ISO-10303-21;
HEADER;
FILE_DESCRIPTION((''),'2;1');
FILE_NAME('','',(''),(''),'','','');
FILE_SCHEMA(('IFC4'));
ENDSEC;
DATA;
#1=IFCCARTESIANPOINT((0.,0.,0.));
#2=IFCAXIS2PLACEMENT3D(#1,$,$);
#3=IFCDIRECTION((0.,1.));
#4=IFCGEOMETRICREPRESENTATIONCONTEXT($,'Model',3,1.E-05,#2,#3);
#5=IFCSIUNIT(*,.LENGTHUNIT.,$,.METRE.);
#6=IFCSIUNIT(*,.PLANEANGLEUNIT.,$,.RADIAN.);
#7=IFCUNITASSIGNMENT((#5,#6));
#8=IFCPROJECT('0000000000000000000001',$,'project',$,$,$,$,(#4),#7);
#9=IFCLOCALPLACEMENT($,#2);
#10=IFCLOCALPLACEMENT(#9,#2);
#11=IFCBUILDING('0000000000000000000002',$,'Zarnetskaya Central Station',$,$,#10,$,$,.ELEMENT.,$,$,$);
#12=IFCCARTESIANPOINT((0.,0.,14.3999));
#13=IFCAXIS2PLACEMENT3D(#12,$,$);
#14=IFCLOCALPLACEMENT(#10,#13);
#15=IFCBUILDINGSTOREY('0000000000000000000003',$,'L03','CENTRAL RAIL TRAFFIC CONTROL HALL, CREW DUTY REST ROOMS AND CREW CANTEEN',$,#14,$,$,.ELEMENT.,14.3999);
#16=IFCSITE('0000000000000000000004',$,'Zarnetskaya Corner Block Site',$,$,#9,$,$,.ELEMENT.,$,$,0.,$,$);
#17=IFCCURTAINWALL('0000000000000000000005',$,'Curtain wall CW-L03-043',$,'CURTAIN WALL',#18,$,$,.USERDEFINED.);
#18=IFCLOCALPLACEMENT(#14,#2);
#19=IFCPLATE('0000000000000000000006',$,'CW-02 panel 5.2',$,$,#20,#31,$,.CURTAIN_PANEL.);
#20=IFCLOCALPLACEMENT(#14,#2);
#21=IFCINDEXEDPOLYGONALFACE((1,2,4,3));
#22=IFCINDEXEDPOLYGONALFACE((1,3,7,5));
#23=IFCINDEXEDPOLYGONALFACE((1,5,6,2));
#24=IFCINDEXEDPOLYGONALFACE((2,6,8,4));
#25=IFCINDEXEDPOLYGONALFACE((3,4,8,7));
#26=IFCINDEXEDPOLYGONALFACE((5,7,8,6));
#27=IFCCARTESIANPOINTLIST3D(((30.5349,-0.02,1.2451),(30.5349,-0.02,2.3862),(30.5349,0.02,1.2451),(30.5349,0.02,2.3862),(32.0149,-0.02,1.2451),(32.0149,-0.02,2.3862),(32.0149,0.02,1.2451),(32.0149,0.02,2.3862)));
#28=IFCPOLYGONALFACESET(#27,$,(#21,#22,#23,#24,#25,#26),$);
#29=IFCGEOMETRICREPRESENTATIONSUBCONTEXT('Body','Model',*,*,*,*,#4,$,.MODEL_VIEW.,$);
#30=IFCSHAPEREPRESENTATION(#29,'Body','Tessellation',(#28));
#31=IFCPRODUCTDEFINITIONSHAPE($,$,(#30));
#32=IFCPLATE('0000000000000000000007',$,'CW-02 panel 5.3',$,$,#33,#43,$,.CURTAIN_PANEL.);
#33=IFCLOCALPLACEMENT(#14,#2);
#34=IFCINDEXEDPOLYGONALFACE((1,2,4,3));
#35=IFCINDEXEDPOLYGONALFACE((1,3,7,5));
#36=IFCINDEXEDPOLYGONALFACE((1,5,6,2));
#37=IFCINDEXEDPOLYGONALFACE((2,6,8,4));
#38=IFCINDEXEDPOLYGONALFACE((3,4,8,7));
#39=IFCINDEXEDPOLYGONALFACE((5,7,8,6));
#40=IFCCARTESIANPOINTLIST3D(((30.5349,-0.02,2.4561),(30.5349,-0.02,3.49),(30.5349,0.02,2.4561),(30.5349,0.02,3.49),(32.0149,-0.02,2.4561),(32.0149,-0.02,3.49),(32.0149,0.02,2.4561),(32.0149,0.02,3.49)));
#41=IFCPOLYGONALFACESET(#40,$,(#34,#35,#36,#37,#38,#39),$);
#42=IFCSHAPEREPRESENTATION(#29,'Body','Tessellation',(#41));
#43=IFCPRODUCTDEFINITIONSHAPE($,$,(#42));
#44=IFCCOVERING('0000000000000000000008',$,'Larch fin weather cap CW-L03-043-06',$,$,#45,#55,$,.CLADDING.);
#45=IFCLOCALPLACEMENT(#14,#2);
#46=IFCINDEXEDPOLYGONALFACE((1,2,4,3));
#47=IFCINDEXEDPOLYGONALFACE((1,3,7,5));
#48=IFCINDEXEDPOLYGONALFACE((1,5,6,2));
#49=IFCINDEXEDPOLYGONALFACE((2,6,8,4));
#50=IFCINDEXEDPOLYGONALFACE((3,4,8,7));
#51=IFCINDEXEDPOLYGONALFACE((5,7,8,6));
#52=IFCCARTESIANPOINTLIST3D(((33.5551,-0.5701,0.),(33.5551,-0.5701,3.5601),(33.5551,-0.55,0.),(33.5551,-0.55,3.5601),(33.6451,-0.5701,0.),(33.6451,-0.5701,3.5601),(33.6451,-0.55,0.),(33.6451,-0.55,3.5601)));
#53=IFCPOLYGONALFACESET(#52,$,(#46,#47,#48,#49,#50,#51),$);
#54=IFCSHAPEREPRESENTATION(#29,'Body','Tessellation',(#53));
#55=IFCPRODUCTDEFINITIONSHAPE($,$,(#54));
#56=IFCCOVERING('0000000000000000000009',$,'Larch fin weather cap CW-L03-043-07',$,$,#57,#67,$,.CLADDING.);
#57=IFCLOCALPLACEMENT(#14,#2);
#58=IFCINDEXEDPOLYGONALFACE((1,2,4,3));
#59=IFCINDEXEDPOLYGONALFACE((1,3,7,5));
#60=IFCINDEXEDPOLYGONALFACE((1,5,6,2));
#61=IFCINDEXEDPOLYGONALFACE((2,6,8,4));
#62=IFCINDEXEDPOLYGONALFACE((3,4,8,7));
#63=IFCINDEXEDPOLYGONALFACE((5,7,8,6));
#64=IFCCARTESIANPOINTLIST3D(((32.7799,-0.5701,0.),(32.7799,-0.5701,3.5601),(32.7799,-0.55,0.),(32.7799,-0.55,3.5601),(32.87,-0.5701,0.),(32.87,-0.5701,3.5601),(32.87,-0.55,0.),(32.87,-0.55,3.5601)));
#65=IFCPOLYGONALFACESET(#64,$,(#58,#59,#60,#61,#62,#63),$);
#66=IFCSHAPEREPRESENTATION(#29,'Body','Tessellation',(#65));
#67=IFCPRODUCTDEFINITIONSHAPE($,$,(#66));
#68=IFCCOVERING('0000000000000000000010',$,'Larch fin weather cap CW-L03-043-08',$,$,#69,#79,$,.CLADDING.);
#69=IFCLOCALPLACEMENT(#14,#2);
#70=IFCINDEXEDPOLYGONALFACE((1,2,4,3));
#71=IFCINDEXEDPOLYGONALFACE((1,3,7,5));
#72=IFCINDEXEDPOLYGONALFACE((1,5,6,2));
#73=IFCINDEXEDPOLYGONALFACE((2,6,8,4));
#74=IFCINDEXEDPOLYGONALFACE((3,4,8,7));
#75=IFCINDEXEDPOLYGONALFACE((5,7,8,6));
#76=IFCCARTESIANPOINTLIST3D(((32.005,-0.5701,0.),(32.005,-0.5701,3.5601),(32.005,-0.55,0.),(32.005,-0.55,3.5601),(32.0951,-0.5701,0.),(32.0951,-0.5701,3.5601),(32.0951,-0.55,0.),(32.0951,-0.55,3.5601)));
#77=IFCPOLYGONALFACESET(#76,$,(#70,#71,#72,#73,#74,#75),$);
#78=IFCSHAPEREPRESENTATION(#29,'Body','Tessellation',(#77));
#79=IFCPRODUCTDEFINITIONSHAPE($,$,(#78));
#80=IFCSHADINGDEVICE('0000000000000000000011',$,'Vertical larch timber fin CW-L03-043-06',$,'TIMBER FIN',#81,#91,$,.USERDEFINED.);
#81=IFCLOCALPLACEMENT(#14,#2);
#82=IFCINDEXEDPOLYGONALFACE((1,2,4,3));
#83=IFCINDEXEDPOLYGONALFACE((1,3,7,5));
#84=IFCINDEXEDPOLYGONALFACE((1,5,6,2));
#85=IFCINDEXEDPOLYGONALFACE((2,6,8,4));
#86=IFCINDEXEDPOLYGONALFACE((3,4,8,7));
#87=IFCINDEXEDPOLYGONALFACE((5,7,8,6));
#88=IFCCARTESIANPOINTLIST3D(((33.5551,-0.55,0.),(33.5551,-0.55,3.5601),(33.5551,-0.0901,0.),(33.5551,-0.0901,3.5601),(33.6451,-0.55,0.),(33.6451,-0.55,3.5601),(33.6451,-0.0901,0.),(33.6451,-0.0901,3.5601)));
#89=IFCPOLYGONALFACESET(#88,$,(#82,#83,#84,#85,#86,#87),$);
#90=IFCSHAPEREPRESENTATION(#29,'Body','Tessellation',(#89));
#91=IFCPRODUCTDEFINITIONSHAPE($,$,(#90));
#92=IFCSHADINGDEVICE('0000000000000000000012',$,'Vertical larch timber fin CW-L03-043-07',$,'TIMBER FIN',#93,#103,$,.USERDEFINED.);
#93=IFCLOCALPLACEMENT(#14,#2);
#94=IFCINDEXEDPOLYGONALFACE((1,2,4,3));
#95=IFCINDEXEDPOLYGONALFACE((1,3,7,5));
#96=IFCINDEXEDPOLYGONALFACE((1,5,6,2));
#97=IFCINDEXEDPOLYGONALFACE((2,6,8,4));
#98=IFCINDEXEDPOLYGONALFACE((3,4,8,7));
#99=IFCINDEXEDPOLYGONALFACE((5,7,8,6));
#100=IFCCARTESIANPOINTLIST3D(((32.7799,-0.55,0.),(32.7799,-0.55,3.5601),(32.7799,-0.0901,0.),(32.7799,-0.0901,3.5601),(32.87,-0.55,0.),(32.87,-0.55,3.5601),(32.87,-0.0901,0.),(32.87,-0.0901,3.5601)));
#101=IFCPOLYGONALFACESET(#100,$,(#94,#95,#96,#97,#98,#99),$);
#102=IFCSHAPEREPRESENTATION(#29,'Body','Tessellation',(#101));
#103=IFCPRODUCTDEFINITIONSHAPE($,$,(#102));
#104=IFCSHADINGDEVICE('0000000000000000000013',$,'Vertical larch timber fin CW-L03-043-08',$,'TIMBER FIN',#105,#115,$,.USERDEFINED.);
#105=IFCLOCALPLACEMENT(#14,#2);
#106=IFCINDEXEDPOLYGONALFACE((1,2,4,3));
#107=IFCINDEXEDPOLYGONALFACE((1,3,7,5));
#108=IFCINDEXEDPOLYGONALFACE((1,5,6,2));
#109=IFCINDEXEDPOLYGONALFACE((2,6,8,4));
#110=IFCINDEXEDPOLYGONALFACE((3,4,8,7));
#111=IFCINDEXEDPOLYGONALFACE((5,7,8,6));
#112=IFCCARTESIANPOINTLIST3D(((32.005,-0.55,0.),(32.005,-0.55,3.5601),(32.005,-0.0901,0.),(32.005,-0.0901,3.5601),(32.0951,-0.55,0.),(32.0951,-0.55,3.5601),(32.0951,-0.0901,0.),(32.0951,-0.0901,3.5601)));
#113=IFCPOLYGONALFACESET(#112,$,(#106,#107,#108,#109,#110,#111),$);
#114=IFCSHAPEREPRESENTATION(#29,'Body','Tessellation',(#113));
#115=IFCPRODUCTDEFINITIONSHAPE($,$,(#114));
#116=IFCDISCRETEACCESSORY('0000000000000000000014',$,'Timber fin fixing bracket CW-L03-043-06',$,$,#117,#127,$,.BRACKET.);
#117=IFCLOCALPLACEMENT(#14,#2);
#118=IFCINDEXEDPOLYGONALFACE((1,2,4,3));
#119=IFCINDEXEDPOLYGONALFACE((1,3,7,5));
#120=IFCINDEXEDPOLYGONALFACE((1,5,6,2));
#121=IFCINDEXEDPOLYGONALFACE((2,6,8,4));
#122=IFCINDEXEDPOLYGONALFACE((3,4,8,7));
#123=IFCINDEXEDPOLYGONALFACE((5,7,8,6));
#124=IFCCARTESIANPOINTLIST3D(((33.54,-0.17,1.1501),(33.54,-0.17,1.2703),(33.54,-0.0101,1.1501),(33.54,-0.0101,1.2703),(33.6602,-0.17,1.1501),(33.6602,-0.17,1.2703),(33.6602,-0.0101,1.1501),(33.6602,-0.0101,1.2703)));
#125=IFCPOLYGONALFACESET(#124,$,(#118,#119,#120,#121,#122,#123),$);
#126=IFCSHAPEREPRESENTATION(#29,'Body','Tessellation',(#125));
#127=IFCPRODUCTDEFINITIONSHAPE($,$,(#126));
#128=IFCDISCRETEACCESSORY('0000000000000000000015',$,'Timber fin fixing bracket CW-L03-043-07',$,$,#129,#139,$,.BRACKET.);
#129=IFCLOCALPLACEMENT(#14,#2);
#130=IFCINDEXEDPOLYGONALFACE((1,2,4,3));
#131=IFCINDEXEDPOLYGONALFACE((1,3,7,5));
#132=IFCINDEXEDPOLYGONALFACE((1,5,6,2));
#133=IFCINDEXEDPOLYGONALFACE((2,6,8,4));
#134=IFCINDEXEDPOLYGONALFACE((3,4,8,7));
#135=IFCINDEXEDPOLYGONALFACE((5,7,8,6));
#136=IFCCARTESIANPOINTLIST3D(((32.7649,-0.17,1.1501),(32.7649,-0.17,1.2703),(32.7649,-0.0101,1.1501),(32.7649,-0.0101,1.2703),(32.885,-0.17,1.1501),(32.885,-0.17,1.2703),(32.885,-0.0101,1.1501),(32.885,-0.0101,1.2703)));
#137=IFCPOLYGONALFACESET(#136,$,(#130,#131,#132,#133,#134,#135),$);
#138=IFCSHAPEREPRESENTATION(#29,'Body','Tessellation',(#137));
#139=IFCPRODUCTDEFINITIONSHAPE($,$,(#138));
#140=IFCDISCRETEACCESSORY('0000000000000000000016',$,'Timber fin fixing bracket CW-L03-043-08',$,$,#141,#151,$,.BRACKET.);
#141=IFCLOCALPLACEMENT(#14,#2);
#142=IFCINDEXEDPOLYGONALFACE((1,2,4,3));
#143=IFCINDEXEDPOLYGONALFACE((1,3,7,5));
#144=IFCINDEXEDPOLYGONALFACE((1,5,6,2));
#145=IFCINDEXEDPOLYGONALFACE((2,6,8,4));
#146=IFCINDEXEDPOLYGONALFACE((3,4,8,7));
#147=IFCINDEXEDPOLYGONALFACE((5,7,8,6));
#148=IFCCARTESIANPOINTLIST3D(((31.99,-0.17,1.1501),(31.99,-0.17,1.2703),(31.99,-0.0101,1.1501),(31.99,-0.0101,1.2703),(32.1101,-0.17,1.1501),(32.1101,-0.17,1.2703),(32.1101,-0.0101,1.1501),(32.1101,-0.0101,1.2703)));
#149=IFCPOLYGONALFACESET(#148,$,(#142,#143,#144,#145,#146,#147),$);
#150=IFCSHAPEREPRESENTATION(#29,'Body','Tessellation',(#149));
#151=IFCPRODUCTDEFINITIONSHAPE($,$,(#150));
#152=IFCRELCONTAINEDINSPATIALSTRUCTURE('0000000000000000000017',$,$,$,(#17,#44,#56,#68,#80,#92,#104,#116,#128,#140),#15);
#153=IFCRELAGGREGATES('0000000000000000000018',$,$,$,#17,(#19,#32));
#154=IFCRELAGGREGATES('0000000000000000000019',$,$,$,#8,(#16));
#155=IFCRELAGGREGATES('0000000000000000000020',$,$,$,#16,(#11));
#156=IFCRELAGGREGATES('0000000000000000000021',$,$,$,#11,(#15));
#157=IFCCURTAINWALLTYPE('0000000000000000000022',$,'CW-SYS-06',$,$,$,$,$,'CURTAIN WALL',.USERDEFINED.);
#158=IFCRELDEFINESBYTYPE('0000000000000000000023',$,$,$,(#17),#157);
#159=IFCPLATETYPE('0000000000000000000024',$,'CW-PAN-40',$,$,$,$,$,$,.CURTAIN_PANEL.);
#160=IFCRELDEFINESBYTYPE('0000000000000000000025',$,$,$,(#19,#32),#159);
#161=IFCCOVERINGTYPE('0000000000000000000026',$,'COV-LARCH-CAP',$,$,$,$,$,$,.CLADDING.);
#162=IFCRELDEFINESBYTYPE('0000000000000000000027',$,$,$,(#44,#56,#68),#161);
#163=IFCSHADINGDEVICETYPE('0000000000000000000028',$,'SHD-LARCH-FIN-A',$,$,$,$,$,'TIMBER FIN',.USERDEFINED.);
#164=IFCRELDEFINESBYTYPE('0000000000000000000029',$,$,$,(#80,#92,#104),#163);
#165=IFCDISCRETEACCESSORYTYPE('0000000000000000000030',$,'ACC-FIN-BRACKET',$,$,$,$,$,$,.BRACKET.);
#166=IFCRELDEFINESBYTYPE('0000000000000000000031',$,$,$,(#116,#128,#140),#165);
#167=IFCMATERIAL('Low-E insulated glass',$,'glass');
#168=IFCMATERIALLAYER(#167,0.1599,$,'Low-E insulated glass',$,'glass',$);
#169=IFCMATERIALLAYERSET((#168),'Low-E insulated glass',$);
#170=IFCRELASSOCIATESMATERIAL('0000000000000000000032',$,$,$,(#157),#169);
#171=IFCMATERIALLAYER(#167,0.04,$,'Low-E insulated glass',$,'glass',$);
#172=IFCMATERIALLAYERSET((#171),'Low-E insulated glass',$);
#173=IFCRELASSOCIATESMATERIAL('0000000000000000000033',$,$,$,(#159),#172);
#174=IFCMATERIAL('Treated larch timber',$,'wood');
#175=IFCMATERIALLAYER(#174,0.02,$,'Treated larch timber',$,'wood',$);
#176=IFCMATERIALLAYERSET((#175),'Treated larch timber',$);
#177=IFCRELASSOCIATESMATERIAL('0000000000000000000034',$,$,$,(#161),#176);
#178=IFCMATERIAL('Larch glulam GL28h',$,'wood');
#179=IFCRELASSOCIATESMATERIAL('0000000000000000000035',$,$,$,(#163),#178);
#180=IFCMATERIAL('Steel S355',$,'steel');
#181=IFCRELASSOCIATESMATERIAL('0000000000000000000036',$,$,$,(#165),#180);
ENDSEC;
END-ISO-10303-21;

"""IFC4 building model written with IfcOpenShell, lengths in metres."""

from ifc_helpers import new_model, si_unit, direction, frame, origin, origin_2d, place, context, subcontext, project, spatial, rectangle, extrude, material, layer, layer_set, type_object, element, aggregate, save


model = new_model("IFC4")

# Units and contexts
model_context = context("Model", 3, precision=1e-05, world=origin(), true_north=direction((0.0, 1.0)))
body_context = subcontext(model_context, "Body", "Model", "MODEL_VIEW")
ifc_project = project(units=[si_unit("LENGTHUNIT", "METRE"), si_unit("PLANEANGLEUNIT", "RADIAN")], contexts=[model_context])

# Site, building, storey
site_placement = place(None, origin())
site = spatial("IfcSite", under=ifc_project, at=site_placement, Name="Zarnetskaya Corner Block Site", CompositionType="ELEMENT", RefElevation=0.0)
building_placement = place(site_placement, origin())
building = spatial("IfcBuilding", under=site, at=building_placement, Name="Zarnetskaya Central Station", CompositionType="ELEMENT")
storey_placement = place(building_placement, frame((0.0, 0.0, 14.3999)))
storey = spatial("IfcBuildingStorey", under=building, at=storey_placement, Name="L03", Description="CENTRAL RAIL TRAFFIC CONTROL HALL, CREW DUTY REST ROOMS AND CREW CANTEEN", CompositionType="ELEMENT", Elevation=14.3999)

# Curtain wall, plates
ifc_material_1 = material(Name="Low-E insulated glass", Category="glass")
ifc_layer_1 = layer(ifc_material_1, 0.1599, Name="Low-E insulated glass", Category="glass")
ifc_layer_set_1 = layer_set([ifc_layer_1], Name="Low-E insulated glass")
curtain_wall_type = type_object("IfcCurtainWallType", Name="CW-SYS-06", ElementType="CURTAIN WALL", PredefinedType="USERDEFINED", material=ifc_layer_set_1)
curtain_wall_placement = place(storey_placement, origin())
curtain_wall = element("IfcCurtainWall", 1, at=curtain_wall_placement, inside=storey, type_object=curtain_wall_type, Name="Curtain wall CW-L03-043", ObjectType="CURTAIN WALL", PredefinedType="USERDEFINED")
ifc_layer_2 = layer(ifc_material_1, 0.04, Name="Low-E insulated glass", Category="glass")
ifc_layer_set_2 = layer_set([ifc_layer_2], Name="Low-E insulated glass")
plate_type = type_object("IfcPlateType", Name="CW-PAN-40", PredefinedType="CURTAIN_PANEL", material=ifc_layer_set_2)
plate_1_placement = place(storey_placement, frame((31.2749, 0.0, 1.2451), z_axis=(0.0, 0.0, 1.0), x_axis=(-1.0, 0.0, 0.0)))
plate_1 = element("IfcPlate", 2, at=plate_1_placement, type_object=plate_type, Name="CW-02 panel 5.2", PredefinedType="CURTAIN_PANEL", context=body_context, shape_type="SweptSolid", body=[
    extrude(rectangle(XDim=1.48, YDim=0.04, at=origin_2d()), origin(), (0.0, 0.0, 1.0), 1.1411),
])
plate_2_placement = place(storey_placement, frame((31.2749, 0.0, 2.4561), z_axis=(0.0, 0.0, 1.0), x_axis=(-1.0, 0.0, 0.0)))
plate_2 = element("IfcPlate", 3, at=plate_2_placement, type_object=plate_type, Name="CW-02 panel 5.3", PredefinedType="CURTAIN_PANEL", context=body_context, shape_type="SweptSolid", body=[
    extrude(rectangle(XDim=1.48, YDim=0.04, at=origin_2d()), origin(), (0.0, 0.0, 1.0), 1.0339),
])
aggregate(curtain_wall, [plate_1, plate_2])

# Coverings
ifc_material_2 = material(Name="Treated larch timber", Category="wood")
ifc_layer_3 = layer(ifc_material_2, 0.02, Name="Treated larch timber", Category="wood")
ifc_layer_set_3 = layer_set([ifc_layer_3], Name="Treated larch timber")
covering_type = type_object("IfcCoveringType", Name="COV-LARCH-CAP", PredefinedType="CLADDING", material=ifc_layer_set_3)
for number, where, z_axis, x_axis, name in (
    (4, (33.6001, -0.5601, 0.0), (0.0, 0.0, 1.0), (-1.0, 0.0, 0.0), "Larch fin weather cap CW-L03-043-06"),
    (5, (32.825, -0.5601, 0.0), (0.0, 0.0, 1.0), (-1.0, 0.0, 0.0), "Larch fin weather cap CW-L03-043-07"),
    (6, (32.05, -0.5601, 0.0), (0.0, 0.0, 1.0), (-1.0, 0.0, 0.0), "Larch fin weather cap CW-L03-043-08"),
):
    element("IfcCovering", number, at=place(storey_placement, frame(where, z_axis=z_axis, x_axis=x_axis)), inside=storey, type_object=covering_type, Name=name, PredefinedType="CLADDING", context=body_context, shape_type="SweptSolid", body=[
        extrude(rectangle(XDim=0.0901, YDim=0.02, at=origin_2d()), origin(), (0.0, 0.0, 1.0), 3.5601),
    ])

# Shading devices
ifc_material_3 = material(Name="Larch glulam GL28h", Category="wood")
shading_device_type = type_object("IfcShadingDeviceType", Name="SHD-LARCH-FIN-A", ElementType="TIMBER FIN", PredefinedType="USERDEFINED", material=ifc_material_3)
for number, where, z_axis, x_axis, name in (
    (7, (33.6001, -0.3201, 0.0), (0.0, 0.0, 1.0), (-1.0, 0.0, 0.0), "Vertical larch timber fin CW-L03-043-06"),
    (8, (32.825, -0.3201, 0.0), (0.0, 0.0, 1.0), (-1.0, 0.0, 0.0), "Vertical larch timber fin CW-L03-043-07"),
    (9, (32.05, -0.3201, 0.0), (0.0, 0.0, 1.0), (-1.0, 0.0, 0.0), "Vertical larch timber fin CW-L03-043-08"),
):
    element("IfcShadingDevice", number, at=place(storey_placement, frame(where, z_axis=z_axis, x_axis=x_axis)), inside=storey, type_object=shading_device_type, Name=name, ObjectType="TIMBER FIN", PredefinedType="USERDEFINED", context=body_context, shape_type="SweptSolid", body=[
        extrude(rectangle(XDim=0.0901, YDim=0.46, at=origin_2d()), origin(), (0.0, 0.0, 1.0), 3.5601),
    ])

# Discrete accessories
ifc_material_4 = material(Name="Steel S355", Category="steel")
discrete_accessory_type = type_object("IfcDiscreteAccessoryType", Name="ACC-FIN-BRACKET", PredefinedType="BRACKET", material=ifc_material_4)
for number, where, z_axis, x_axis, name in (
    (10, (33.6001, -0.0901, 1.1501), (0.0, 0.0, 1.0), (-1.0, 0.0, 0.0), "Timber fin fixing bracket CW-L03-043-06"),
    (11, (32.825, -0.0901, 1.1501), (0.0, 0.0, 1.0), (-1.0, 0.0, 0.0), "Timber fin fixing bracket CW-L03-043-07"),
    (12, (32.05, -0.0901, 1.1501), (0.0, 0.0, 1.0), (-1.0, 0.0, 0.0), "Timber fin fixing bracket CW-L03-043-08"),
):
    element("IfcDiscreteAccessory", number, at=place(storey_placement, frame(where, z_axis=z_axis, x_axis=x_axis)), inside=storey, type_object=discrete_accessory_type, Name=name, PredefinedType="BRACKET", context=body_context, shape_type="SweptSolid", body=[
        extrude(rectangle(XDim=0.1201, YDim=0.1599, at=origin_2d()), origin(), (0.0, 0.0, 1.0), 0.1201),
    ])

save(model, "model.ifc")
